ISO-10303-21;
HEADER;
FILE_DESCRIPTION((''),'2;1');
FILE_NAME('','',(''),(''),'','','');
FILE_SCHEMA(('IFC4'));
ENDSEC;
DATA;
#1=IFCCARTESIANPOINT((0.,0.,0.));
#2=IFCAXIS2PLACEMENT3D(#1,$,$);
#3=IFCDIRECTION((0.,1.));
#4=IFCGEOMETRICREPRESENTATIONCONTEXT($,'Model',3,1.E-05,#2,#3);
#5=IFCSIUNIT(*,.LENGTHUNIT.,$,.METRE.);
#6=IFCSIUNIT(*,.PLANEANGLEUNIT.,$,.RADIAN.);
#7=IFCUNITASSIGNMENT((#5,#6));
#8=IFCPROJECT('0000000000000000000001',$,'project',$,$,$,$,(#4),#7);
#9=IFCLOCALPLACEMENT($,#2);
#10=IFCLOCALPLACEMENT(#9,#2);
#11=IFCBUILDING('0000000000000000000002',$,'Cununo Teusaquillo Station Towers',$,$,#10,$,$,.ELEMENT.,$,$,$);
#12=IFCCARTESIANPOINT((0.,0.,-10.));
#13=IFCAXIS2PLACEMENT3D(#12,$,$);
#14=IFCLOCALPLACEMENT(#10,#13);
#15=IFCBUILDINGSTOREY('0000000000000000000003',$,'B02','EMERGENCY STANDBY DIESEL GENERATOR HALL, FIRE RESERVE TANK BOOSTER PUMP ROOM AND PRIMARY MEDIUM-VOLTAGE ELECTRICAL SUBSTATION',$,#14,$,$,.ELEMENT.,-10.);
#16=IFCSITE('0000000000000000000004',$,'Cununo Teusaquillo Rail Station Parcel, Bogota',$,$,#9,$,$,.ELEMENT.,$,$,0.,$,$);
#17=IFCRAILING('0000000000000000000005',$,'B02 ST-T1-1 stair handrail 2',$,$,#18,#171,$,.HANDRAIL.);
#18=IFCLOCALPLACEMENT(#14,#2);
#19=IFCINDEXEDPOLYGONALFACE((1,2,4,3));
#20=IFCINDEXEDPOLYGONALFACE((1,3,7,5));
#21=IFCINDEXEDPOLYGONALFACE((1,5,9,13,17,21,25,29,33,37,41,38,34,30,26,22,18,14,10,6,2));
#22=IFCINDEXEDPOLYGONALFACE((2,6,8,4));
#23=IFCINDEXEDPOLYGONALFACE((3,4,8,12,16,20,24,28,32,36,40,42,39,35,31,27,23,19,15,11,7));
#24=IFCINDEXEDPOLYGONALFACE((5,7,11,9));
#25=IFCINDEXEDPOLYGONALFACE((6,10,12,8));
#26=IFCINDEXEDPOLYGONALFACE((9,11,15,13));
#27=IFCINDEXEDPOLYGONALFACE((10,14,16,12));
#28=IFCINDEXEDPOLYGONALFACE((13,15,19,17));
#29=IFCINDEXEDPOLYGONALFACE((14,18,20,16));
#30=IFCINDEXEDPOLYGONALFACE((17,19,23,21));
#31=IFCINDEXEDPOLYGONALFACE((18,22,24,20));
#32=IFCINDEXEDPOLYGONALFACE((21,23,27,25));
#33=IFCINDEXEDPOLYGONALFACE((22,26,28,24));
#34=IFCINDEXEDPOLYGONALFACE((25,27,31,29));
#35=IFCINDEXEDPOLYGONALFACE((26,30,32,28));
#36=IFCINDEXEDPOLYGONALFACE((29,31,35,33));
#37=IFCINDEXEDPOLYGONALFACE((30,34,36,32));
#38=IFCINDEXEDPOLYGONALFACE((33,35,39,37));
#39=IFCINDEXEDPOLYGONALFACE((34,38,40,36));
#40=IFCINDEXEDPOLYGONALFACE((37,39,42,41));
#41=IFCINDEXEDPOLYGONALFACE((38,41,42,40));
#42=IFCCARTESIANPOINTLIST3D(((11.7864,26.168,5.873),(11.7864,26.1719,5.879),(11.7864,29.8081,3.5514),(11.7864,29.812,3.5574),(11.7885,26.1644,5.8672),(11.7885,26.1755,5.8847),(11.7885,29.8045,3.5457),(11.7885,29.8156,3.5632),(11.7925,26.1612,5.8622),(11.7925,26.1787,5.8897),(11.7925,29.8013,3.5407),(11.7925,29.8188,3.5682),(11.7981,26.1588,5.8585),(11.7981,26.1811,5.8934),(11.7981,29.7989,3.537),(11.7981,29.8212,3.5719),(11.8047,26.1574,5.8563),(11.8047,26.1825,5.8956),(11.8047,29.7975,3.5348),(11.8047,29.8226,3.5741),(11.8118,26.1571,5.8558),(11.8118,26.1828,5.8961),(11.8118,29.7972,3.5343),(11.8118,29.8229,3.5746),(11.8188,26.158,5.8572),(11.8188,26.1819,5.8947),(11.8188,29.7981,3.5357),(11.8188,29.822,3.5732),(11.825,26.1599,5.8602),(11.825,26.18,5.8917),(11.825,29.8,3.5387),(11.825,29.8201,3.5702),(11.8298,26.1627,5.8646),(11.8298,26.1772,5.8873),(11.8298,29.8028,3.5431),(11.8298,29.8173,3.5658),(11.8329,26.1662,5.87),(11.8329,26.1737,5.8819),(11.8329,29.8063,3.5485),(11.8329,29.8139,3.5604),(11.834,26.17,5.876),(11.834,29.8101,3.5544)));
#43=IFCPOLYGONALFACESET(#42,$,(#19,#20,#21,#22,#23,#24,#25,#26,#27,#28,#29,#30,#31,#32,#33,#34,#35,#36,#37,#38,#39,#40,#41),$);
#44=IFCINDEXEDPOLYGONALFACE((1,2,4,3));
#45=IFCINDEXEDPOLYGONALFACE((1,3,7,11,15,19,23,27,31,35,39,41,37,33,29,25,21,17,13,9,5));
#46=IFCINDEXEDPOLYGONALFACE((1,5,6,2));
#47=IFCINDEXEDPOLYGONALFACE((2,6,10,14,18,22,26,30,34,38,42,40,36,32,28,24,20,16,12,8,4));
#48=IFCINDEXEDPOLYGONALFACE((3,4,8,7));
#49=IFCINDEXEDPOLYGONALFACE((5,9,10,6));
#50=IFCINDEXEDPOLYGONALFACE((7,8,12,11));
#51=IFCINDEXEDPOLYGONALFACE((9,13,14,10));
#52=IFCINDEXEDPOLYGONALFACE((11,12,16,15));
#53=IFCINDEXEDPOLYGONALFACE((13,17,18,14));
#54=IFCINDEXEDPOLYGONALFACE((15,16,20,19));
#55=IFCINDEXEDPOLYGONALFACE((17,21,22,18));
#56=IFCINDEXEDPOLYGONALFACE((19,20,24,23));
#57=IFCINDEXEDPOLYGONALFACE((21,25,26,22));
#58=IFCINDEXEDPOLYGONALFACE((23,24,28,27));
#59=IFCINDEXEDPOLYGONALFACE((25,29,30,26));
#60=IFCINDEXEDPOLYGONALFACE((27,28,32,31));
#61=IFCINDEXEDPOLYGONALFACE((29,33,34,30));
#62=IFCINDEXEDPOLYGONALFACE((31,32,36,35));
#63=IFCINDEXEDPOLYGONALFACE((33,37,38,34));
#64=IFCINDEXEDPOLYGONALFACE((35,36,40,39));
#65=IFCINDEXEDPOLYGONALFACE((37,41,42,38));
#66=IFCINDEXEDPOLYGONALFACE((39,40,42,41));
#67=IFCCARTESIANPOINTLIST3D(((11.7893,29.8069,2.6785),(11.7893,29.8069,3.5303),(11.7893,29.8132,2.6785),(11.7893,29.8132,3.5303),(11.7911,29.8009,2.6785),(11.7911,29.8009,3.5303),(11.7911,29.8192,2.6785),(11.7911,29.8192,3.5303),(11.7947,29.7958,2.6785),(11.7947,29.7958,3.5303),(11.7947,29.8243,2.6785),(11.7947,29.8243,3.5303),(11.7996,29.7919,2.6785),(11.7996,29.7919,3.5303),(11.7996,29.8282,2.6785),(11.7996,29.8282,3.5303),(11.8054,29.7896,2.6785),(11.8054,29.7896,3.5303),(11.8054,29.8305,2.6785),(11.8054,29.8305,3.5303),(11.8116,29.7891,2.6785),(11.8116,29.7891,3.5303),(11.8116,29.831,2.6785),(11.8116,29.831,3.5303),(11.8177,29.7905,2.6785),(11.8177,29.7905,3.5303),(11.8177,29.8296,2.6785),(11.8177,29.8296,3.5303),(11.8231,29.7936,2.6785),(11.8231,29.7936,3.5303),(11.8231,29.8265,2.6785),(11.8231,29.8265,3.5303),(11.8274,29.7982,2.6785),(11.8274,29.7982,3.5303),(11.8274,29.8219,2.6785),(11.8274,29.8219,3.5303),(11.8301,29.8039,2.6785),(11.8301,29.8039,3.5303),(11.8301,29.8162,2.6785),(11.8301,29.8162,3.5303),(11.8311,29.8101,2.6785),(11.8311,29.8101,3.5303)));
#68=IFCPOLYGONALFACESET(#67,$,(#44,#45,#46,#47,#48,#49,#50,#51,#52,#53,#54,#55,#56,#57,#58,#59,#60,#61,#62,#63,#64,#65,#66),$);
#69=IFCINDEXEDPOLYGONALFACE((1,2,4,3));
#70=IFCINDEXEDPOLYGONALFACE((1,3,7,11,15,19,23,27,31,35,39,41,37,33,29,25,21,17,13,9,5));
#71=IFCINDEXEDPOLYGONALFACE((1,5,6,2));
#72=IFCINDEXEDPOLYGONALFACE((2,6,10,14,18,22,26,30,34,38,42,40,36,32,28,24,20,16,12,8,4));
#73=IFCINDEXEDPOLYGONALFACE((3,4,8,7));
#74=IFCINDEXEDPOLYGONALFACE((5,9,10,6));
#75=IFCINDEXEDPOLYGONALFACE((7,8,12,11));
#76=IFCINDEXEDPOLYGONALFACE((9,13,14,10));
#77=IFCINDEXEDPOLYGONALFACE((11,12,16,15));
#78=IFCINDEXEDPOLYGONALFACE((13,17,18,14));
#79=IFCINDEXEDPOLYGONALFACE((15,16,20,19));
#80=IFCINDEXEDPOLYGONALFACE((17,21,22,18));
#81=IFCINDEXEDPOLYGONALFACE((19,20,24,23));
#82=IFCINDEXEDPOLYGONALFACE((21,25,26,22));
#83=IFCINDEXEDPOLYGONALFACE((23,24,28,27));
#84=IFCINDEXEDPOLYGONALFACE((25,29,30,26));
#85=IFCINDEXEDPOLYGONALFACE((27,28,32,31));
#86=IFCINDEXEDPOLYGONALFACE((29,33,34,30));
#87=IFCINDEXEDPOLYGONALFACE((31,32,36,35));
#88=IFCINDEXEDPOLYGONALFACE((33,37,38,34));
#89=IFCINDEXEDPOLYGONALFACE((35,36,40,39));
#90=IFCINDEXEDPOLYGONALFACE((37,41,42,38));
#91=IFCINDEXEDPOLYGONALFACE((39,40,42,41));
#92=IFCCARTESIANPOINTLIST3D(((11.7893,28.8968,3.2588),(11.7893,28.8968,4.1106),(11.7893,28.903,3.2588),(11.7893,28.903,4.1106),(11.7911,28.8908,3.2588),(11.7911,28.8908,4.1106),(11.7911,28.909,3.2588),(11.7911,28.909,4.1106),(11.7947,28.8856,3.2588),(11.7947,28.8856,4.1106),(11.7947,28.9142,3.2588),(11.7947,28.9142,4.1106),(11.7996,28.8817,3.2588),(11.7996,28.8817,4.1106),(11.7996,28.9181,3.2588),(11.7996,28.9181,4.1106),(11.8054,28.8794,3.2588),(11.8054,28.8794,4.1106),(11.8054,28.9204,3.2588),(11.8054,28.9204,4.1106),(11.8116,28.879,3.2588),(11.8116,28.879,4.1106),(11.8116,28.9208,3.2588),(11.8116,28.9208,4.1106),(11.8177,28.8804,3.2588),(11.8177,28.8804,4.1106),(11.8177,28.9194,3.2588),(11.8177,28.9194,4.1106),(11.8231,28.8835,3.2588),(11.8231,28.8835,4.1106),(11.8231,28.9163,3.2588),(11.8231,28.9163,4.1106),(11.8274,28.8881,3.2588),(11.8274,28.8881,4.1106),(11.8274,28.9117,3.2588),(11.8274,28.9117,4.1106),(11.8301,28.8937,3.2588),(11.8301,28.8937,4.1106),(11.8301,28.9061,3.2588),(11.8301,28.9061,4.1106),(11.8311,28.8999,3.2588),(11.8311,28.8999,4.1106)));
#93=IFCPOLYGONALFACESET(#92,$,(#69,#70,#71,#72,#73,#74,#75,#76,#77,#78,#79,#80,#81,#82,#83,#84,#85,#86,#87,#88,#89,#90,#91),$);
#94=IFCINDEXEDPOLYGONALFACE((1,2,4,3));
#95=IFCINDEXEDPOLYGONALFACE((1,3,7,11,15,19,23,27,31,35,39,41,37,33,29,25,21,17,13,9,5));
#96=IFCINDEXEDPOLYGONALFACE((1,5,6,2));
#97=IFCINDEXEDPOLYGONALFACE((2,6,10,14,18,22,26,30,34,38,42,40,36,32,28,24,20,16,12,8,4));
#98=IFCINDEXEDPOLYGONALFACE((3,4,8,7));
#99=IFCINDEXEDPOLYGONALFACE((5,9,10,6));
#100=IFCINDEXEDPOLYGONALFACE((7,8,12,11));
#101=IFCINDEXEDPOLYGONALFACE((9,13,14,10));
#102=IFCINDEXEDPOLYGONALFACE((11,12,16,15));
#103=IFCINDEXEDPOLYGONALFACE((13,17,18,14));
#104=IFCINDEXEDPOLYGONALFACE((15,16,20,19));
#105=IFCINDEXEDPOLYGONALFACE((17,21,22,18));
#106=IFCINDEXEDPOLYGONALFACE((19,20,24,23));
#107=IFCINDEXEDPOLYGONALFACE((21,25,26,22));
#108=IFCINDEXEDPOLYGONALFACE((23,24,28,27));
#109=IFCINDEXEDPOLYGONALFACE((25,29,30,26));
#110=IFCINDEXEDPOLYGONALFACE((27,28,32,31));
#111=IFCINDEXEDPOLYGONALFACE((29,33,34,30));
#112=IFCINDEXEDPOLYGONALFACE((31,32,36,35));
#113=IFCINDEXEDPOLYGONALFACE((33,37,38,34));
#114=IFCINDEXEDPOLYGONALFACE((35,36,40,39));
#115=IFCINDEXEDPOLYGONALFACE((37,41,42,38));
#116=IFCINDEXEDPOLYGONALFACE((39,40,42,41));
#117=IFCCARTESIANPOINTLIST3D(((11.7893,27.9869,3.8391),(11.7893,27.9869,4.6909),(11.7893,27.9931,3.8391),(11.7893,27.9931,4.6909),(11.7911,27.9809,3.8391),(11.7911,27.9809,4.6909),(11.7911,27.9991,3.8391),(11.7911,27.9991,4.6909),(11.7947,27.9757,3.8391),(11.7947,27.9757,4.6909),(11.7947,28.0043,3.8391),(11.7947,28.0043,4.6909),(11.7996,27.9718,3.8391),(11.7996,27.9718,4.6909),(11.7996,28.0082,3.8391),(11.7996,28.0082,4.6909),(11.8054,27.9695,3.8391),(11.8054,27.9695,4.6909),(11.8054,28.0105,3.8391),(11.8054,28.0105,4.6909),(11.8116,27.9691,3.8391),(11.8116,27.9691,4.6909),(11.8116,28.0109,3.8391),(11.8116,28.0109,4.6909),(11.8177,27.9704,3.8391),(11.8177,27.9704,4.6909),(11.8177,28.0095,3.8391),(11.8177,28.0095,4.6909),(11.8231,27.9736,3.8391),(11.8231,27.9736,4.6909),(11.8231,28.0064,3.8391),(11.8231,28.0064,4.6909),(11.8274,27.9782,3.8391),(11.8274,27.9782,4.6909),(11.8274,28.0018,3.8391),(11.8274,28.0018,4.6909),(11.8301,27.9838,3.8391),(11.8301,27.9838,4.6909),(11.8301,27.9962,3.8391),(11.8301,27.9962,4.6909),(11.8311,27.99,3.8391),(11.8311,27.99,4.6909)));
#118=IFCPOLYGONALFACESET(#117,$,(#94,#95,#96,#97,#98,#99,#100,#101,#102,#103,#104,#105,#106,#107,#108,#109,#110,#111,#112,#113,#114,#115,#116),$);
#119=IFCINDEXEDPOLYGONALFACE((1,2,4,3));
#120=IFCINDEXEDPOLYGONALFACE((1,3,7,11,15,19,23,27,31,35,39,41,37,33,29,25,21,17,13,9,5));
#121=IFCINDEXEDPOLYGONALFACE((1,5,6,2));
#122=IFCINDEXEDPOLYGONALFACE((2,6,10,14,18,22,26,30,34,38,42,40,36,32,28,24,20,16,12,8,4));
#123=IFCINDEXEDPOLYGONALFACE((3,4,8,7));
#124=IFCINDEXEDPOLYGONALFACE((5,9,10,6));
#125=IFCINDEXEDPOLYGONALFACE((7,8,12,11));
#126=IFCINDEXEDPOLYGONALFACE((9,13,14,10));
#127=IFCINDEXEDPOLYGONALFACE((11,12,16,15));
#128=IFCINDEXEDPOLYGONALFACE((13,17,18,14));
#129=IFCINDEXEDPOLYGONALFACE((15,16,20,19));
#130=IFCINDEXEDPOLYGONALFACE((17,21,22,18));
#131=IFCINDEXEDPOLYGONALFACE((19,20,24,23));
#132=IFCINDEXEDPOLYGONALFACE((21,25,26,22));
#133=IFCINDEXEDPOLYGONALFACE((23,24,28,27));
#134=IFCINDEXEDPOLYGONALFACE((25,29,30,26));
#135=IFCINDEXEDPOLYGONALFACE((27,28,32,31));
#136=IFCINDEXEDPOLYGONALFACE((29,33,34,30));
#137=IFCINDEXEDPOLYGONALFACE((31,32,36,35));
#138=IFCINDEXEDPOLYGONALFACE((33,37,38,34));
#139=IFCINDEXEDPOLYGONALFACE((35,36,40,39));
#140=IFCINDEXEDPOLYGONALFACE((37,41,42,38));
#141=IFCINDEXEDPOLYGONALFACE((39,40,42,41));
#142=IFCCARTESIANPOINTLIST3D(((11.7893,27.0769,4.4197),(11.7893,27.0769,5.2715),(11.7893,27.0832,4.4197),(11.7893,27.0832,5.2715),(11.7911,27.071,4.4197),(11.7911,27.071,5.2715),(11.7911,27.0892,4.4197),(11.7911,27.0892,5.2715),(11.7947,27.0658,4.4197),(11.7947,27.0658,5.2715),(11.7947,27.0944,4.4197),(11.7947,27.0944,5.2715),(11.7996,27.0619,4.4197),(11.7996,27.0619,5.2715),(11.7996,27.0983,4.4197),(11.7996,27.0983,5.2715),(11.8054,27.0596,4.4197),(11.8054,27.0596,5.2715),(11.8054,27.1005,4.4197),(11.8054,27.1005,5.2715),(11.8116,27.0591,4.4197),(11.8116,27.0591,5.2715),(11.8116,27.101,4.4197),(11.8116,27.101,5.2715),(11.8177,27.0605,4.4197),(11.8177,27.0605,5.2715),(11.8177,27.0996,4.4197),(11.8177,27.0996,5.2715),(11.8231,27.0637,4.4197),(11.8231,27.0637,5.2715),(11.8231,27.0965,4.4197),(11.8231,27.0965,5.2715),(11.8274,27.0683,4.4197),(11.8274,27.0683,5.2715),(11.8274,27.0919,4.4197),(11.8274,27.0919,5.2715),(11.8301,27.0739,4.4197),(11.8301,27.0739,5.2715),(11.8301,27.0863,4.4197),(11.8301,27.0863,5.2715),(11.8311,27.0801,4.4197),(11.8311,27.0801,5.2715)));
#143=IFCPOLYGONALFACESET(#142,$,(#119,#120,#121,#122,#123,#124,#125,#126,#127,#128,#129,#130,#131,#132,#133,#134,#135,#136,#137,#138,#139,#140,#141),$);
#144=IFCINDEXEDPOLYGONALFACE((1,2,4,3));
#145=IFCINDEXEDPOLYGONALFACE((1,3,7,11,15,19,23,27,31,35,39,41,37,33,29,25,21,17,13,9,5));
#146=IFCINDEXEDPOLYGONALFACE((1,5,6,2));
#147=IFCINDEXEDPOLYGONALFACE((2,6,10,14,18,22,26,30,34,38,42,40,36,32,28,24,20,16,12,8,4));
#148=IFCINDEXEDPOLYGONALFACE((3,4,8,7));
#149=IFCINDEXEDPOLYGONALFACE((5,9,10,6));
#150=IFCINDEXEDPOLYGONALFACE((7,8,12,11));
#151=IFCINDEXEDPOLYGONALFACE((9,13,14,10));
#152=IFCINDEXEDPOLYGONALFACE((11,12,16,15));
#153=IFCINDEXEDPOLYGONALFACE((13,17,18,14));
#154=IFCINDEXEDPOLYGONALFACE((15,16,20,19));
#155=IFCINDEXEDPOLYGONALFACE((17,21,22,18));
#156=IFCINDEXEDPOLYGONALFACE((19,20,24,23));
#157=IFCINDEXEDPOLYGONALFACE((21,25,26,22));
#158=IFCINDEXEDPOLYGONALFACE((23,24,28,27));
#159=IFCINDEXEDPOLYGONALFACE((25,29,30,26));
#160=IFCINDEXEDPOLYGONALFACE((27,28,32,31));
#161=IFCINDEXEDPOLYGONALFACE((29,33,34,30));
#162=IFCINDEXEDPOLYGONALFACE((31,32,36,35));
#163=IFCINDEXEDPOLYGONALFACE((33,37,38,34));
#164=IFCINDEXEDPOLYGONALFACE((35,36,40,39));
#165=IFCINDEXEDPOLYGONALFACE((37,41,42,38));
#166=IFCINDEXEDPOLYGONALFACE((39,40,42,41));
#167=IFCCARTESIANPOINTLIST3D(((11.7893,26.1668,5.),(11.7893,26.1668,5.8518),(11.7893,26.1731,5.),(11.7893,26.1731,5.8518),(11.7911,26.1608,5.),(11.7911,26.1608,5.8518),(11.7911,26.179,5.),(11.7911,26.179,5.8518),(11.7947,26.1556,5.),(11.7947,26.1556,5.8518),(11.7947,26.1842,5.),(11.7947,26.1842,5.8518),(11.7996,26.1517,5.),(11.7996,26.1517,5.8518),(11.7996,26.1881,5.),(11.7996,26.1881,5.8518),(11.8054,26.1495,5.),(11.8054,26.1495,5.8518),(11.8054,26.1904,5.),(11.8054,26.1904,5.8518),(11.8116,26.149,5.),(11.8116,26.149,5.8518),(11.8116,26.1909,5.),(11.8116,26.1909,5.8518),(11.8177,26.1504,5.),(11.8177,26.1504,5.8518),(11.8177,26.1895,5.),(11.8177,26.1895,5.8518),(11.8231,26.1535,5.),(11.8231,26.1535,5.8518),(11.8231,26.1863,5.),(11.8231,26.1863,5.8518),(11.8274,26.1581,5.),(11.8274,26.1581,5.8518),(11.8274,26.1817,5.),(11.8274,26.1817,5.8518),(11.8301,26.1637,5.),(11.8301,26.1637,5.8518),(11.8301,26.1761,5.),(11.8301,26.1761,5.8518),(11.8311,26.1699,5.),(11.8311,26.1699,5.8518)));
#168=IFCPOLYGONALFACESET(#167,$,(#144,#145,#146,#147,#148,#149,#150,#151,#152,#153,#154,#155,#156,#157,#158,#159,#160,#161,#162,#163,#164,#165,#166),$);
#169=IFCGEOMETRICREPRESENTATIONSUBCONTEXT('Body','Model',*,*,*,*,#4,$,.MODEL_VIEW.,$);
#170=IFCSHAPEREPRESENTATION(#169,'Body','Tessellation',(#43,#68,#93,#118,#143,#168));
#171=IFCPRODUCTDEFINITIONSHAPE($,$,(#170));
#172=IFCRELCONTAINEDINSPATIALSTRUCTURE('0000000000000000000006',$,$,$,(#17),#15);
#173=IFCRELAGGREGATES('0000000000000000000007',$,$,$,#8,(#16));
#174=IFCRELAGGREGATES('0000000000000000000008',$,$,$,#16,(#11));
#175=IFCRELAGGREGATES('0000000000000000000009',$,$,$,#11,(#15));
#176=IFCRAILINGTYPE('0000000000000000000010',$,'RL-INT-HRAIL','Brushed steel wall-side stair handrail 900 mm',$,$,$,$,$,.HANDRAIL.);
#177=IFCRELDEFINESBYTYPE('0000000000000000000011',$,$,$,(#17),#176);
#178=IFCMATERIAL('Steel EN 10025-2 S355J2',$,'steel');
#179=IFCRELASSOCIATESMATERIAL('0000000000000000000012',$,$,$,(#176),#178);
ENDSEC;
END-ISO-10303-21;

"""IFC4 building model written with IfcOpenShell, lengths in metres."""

from ifc_helpers import new_model, si_unit, direction, frame, origin, origin_2d, place, context, subcontext, project, spatial, circle, extrude, material, type_object, element, save


model = new_model("IFC4")

# Units and contexts
model_context = context("Model", 3, precision=1e-05, world=origin(), true_north=direction((0.0, 1.0)))
body_context = subcontext(model_context, "Body", "Model", "MODEL_VIEW")
ifc_project = project(units=[si_unit("LENGTHUNIT", "METRE"), si_unit("PLANEANGLEUNIT", "RADIAN")], contexts=[model_context])

# Site, building, storey
site_placement = place(None, origin())
site = spatial("IfcSite", under=ifc_project, at=site_placement, Name="Cununo Teusaquillo Rail Station Parcel, Bogota", CompositionType="ELEMENT", RefElevation=0.0)
building_placement = place(site_placement, origin())
building = spatial("IfcBuilding", under=site, at=building_placement, Name="Cununo Teusaquillo Station Towers", CompositionType="ELEMENT")
storey_placement = place(building_placement, frame((0.0, 0.0, -10.0)))
storey = spatial("IfcBuildingStorey", under=building, at=storey_placement, Name="B02", Description="EMERGENCY STANDBY DIESEL GENERATOR HALL, FIRE RESERVE TANK BOOSTER PUMP ROOM AND PRIMARY MEDIUM-VOLTAGE ELECTRICAL SUBSTATION", CompositionType="ELEMENT", Elevation=-10.0)

# Railing
ifc_material_1 = material(Name="Steel EN 10025-2 S355J2", Category="steel")
railing_type_1 = type_object("IfcRailingType", Name="RL-INT-HRAIL", Description="Brushed steel wall-side stair handrail 900 mm", PredefinedType="HANDRAIL", material=ifc_material_1)
railing_1_placement = place(storey_placement, frame((11.8101, 29.8101, 2.6785)))
element("IfcRailing", 1, at=railing_1_placement, inside=storey, type_object=railing_type_1, Name="B02 ST-T1-1 stair handrail 2", PredefinedType="HANDRAIL", context=body_context, shape_type="SweptSolid", body=[
    extrude(circle(Radius=0.0239, at=origin_2d()), frame((0.0, 0.0, 0.876), z_axis=(0.0, -0.843128, 0.537713), x_axis=(1.0, 0.0, 0.0)), (0.0, 0.0, 1.0), 4.3174),
    extrude(circle(Radius=0.021, at=origin_2d()), origin(), (0.0, 0.0, 1.0), 0.8518),
    extrude(circle(Radius=0.021, at=origin_2d()), frame((0.0, -0.9102, 0.5803)), (0.0, 0.0, 1.0), 0.8518),
    extrude(circle(Radius=0.021, at=origin_2d()), frame((0.0, -1.8201, 1.1606)), (0.0, 0.0, 1.0), 0.8518),
    extrude(circle(Radius=0.021, at=origin_2d()), frame((0.0, -2.73, 1.7412)), (0.0, 0.0, 1.0), 0.8518),
    extrude(circle(Radius=0.021, at=origin_2d()), frame((0.0, -3.6401, 2.3215)), (0.0, 0.0, 1.0), 0.8518),
])

save(model, "model.ifc")
